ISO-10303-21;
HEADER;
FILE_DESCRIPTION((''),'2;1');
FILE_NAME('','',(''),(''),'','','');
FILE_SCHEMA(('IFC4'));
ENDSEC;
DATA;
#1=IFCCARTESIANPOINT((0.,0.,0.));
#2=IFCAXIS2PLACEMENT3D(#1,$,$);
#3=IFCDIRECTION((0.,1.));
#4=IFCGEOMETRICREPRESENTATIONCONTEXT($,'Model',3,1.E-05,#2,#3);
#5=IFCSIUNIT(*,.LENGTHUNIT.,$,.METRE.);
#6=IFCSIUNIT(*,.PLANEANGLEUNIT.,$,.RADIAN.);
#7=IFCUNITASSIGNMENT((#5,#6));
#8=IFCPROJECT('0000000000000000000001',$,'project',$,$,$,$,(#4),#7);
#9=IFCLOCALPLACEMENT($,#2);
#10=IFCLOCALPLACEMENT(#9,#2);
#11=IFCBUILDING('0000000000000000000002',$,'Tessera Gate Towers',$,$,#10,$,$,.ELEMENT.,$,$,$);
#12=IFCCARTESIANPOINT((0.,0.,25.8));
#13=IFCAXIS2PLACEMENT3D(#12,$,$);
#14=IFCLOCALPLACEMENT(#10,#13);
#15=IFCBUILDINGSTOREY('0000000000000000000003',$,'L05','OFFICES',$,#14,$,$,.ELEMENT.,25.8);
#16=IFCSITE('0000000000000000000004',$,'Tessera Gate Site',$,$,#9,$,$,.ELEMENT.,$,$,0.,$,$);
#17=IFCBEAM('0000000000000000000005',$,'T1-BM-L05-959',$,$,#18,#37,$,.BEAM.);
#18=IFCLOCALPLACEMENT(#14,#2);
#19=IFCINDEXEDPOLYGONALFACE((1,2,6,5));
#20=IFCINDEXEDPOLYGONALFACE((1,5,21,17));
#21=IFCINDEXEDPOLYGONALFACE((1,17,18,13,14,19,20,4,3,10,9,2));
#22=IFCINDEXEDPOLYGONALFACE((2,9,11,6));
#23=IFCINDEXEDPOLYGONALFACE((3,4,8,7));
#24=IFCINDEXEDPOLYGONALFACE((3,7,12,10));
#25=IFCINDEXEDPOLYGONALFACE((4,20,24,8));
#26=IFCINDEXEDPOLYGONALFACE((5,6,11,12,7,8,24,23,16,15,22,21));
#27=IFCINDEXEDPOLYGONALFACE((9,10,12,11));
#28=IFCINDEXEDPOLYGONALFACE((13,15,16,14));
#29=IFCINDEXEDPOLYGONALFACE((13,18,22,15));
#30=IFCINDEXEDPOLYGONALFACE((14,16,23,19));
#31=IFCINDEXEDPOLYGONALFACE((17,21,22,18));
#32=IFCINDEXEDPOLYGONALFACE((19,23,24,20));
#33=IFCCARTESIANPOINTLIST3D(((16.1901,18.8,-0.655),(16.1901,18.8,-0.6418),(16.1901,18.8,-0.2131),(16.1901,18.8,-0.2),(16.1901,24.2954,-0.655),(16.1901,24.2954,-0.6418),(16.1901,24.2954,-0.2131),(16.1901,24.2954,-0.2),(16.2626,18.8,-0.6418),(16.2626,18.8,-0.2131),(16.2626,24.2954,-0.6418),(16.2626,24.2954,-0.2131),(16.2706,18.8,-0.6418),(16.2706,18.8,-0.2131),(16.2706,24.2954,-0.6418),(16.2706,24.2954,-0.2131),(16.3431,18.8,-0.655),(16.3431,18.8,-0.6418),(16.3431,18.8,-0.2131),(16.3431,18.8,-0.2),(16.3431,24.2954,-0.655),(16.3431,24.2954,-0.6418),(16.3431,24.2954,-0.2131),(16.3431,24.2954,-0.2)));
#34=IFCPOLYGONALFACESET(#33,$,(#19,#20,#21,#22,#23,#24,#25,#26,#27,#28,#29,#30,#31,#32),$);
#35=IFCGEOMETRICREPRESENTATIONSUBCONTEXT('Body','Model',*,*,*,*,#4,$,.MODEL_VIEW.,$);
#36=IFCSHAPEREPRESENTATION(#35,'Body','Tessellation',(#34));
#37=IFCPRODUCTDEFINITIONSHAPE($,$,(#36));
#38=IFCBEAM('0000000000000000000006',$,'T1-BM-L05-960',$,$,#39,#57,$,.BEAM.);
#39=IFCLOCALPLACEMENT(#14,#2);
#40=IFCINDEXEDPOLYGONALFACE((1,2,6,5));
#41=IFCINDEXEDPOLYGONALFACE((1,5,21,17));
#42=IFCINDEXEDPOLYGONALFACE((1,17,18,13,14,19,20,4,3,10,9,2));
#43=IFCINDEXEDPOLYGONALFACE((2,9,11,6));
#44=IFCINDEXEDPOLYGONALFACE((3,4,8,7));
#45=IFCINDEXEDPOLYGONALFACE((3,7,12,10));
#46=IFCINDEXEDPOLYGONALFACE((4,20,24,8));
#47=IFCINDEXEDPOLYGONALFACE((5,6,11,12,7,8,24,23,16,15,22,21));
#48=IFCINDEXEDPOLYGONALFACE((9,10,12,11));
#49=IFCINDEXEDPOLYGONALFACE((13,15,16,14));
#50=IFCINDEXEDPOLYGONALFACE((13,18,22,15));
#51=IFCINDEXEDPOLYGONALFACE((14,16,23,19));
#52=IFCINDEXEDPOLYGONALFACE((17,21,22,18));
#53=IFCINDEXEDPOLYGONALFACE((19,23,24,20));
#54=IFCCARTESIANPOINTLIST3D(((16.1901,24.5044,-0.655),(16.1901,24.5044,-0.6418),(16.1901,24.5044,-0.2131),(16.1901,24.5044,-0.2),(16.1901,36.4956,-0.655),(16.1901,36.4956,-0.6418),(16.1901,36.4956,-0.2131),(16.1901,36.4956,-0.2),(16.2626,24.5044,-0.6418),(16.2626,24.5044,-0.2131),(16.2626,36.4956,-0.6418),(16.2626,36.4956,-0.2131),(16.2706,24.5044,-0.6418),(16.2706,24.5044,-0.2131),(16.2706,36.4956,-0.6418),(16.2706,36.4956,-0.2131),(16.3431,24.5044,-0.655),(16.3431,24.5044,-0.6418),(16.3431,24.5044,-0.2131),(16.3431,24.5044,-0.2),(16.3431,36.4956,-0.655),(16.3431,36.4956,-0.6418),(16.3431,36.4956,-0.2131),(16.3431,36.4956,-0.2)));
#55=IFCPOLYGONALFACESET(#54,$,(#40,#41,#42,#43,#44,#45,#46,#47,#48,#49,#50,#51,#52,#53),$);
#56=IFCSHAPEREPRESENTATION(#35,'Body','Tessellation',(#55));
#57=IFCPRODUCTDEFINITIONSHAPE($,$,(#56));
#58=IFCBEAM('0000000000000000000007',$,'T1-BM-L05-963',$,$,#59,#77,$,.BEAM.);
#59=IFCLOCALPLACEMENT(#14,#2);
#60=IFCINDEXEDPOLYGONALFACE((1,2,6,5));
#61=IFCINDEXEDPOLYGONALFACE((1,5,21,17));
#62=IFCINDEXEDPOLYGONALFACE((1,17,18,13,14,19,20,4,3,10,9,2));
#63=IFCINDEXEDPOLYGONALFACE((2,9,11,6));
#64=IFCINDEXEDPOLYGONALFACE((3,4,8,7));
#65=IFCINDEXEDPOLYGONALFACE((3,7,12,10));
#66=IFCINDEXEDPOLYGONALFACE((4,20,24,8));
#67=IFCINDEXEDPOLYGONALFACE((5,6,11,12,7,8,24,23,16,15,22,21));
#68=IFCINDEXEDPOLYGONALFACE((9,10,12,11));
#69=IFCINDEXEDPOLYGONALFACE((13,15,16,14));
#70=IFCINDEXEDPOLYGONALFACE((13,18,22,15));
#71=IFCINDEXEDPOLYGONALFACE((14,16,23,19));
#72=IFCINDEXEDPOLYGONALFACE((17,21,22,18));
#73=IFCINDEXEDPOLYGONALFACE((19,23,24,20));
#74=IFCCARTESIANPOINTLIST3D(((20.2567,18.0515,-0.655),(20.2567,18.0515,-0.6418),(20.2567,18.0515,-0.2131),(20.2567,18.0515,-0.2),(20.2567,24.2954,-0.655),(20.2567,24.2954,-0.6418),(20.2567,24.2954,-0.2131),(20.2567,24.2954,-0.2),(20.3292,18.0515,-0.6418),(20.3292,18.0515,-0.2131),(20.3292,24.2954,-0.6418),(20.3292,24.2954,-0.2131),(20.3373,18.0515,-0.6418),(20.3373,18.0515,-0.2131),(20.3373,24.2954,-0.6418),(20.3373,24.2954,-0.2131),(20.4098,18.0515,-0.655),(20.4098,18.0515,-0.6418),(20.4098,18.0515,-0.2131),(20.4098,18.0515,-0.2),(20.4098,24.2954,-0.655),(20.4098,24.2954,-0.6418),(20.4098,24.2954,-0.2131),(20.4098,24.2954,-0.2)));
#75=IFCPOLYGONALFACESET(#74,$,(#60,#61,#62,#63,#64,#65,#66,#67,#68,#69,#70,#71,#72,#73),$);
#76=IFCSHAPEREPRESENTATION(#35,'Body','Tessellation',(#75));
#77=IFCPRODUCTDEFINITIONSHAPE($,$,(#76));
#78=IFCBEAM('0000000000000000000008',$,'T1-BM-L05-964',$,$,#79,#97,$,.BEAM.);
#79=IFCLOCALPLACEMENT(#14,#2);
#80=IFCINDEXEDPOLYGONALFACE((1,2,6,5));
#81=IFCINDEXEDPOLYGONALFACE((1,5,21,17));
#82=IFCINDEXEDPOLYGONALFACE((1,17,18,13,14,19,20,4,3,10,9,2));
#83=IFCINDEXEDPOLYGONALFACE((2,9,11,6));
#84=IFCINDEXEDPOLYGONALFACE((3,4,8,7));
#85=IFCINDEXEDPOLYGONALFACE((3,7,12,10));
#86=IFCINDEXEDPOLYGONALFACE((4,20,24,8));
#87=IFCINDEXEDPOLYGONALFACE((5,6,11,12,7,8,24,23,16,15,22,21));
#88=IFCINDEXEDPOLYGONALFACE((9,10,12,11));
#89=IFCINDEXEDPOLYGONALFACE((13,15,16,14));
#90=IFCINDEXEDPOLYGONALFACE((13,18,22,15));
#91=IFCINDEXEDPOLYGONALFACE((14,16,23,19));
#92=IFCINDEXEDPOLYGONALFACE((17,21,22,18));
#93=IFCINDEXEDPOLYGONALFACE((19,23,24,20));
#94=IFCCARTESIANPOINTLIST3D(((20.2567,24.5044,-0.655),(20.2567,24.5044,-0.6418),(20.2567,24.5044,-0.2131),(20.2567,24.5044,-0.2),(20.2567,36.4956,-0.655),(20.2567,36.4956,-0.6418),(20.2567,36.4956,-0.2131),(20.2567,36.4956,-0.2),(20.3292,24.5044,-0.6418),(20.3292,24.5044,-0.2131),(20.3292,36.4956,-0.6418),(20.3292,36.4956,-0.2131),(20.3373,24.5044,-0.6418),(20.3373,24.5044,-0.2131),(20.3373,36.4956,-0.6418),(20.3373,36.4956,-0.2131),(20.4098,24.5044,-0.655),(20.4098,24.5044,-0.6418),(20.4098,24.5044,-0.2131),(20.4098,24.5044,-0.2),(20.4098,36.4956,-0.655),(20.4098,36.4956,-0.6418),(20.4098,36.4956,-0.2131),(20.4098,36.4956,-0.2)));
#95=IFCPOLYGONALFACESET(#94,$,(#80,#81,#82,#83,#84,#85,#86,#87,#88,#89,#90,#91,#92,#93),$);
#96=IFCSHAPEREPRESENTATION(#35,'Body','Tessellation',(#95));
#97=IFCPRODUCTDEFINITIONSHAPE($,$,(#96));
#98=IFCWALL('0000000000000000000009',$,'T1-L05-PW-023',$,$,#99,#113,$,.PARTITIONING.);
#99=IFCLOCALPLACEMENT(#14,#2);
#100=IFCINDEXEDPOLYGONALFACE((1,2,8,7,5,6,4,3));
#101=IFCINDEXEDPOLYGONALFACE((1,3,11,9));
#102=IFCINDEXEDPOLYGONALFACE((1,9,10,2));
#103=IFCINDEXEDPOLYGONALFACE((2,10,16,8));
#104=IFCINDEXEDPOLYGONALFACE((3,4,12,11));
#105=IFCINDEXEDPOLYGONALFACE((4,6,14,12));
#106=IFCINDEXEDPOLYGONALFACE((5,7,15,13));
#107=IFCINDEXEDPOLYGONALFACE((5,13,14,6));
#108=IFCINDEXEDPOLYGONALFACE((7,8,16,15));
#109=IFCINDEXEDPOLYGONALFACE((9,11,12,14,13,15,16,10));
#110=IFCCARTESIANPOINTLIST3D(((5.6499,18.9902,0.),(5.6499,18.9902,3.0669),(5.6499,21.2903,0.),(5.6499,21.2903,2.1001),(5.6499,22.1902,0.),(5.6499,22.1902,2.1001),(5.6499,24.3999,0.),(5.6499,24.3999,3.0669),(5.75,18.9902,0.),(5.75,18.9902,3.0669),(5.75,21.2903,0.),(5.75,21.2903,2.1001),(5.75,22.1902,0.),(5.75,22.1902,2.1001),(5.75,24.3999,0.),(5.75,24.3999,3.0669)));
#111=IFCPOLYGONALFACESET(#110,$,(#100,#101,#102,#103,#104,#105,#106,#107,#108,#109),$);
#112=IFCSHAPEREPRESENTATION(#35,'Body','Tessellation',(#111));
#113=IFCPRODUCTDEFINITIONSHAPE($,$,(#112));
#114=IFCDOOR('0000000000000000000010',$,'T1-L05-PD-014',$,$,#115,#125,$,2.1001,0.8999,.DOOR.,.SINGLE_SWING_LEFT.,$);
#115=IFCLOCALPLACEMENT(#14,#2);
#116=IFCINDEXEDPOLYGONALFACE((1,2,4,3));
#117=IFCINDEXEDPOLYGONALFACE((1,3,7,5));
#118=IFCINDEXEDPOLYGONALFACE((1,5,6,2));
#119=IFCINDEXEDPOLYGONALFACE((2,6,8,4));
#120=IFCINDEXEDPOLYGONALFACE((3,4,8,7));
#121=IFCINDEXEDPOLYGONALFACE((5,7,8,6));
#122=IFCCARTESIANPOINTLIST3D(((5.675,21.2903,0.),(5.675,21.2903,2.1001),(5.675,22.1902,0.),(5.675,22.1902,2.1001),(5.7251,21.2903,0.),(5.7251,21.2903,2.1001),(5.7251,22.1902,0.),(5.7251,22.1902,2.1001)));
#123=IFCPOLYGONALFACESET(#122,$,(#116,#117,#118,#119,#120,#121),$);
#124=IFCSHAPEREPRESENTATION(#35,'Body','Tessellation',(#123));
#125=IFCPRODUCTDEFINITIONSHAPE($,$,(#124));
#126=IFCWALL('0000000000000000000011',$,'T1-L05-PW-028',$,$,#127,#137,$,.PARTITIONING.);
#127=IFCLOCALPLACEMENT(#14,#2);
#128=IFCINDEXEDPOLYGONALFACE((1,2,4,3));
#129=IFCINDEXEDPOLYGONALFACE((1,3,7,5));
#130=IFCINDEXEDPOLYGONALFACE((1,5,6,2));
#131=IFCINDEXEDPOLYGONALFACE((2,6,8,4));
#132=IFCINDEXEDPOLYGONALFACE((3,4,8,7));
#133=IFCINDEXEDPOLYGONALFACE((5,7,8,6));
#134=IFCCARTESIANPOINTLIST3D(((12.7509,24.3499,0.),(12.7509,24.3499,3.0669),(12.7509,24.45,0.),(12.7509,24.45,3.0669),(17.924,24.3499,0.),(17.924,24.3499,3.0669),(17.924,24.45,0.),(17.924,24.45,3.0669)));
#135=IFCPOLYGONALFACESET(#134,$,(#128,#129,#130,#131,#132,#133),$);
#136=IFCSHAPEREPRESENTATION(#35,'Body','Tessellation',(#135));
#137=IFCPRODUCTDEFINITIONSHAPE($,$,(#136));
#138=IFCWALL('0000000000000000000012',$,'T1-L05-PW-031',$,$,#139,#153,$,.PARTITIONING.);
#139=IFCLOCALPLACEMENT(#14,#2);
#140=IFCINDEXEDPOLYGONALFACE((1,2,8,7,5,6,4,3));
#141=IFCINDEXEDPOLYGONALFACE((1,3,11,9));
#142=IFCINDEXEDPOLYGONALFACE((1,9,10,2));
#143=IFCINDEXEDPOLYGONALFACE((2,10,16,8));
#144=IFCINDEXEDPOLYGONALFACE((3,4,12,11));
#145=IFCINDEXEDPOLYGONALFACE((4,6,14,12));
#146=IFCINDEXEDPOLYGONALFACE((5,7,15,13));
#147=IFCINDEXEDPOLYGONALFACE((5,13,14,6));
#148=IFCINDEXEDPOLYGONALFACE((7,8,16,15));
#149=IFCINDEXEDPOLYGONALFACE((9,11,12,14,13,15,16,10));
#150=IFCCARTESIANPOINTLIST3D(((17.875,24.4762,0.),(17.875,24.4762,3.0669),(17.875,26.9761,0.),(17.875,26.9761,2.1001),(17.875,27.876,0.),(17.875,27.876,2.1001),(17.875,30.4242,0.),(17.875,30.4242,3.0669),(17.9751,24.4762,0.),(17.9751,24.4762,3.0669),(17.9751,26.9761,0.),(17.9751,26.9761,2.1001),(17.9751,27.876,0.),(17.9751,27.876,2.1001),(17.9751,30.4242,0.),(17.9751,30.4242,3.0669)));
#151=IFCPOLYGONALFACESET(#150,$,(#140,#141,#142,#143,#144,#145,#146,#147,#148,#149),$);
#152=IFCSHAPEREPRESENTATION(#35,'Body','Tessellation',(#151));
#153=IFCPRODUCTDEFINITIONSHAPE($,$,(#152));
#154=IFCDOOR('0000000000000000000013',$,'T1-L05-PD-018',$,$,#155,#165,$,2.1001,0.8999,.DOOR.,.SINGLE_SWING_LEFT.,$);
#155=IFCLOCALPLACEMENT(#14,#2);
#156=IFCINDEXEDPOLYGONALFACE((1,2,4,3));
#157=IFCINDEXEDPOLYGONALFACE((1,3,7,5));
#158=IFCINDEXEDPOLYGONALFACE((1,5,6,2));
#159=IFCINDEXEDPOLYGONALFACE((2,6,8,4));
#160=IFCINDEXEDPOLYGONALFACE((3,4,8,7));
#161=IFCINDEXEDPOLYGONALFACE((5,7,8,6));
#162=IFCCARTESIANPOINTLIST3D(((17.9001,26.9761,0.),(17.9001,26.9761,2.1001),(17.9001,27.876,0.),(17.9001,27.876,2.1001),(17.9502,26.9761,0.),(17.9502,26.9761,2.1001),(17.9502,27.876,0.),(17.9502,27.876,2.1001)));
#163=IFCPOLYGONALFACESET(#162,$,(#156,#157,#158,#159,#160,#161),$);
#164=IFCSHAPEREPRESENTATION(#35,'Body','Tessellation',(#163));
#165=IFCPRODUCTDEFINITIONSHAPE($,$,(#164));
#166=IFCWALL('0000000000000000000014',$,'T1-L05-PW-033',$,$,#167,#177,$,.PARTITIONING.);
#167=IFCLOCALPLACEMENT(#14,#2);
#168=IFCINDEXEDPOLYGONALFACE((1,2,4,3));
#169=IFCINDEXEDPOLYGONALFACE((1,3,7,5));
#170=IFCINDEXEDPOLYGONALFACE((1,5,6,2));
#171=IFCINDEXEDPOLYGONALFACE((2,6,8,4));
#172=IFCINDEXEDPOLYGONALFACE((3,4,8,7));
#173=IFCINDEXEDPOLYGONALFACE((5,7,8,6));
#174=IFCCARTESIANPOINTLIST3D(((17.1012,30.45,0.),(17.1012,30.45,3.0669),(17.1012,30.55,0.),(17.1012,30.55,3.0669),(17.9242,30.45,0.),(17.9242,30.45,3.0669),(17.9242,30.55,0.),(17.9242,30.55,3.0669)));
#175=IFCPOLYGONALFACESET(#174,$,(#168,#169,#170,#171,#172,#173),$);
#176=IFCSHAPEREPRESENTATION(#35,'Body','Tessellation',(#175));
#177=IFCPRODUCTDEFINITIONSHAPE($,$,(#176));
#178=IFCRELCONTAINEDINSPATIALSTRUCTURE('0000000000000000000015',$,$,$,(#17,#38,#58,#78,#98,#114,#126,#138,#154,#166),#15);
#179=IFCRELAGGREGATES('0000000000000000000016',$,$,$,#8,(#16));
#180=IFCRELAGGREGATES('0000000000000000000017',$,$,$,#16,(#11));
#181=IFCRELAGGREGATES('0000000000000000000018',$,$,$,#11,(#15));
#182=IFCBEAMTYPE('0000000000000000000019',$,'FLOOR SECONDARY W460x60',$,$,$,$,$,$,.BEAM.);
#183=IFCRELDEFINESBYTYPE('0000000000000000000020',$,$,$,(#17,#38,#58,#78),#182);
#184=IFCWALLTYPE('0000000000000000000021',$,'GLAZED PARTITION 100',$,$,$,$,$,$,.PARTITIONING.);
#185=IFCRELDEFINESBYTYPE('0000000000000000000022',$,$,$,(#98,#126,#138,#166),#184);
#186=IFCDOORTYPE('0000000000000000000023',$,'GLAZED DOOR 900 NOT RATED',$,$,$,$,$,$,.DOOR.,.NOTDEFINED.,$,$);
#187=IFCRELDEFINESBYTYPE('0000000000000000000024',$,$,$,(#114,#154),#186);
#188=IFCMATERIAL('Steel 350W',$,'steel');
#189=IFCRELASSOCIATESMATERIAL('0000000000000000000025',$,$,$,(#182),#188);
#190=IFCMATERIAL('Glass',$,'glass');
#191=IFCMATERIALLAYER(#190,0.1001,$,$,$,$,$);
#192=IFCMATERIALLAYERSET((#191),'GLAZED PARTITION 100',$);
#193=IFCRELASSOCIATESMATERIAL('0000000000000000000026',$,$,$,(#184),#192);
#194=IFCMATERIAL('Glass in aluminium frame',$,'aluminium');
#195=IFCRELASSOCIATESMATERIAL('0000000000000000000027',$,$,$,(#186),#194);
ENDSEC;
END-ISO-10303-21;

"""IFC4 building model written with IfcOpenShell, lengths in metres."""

from ifc_helpers import new_model, si_unit, direction, frame, frame_2d, origin, origin_2d, place, context, subcontext, project, spatial, rectangle, i_section, extrude, source, transform, mapped, material, layer, layer_set, material_profile, profile_set, type_object, element, fill, save


model = new_model("IFC4")

# Units and contexts
model_context = context("Model", 3, precision=1e-05, world=origin(), true_north=direction((0.0, 1.0)))
body_context = subcontext(model_context, "Body", "Model", "MODEL_VIEW")
ifc_project = project(units=[si_unit("LENGTHUNIT", "METRE"), si_unit("PLANEANGLEUNIT", "RADIAN")], contexts=[model_context])

# Site, building, storey
site_placement = place(None, origin())
site = spatial("IfcSite", under=ifc_project, at=site_placement, Name="Tessera Gate Site", CompositionType="ELEMENT", RefElevation=0.0)
building_placement = place(site_placement, origin())
building = spatial("IfcBuilding", under=site, at=building_placement, Name="Tessera Gate Towers", CompositionType="ELEMENT")
storey_placement = place(building_placement, frame((0.0, 0.0, 25.8)))
storey = spatial("IfcBuildingStorey", under=building, at=storey_placement, Name="L05", Description="OFFICES", CompositionType="ELEMENT", Elevation=25.8)

# Beams
ifc_material_1 = material(Name="Steel 350W", Category="steel")
ifc_material_profile_1 = material_profile(ifc_material_1, i_section(OverallWidth=0.1531, OverallDepth=0.4551, WebThickness=0.0081, FlangeThickness=0.0132, at=origin_2d()), Name="W460x60")
ifc_profile_set_1 = profile_set([ifc_material_profile_1], Name="Steel 350W")
beam_type_1 = type_object("IfcBeamType", Name="FLOOR SECONDARY W460x60", PredefinedType="BEAM", material=ifc_profile_set_1)
beam_1_placement = place(storey_placement, frame((16.2666, 18.8, -0.4275), z_axis=(0.0, 1.0, 0.0), x_axis=(-1.0, 0.0, 0.0)))
element("IfcBeam", 1, at=beam_1_placement, inside=storey, type_object=beam_type_1, Name="T1-BM-L05-959", PredefinedType="BEAM", context=body_context, shape_type="SweptSolid", body=[
    extrude(i_section(OverallWidth=0.1531, OverallDepth=0.4551, WebThickness=0.0081, FlangeThickness=0.0132, at=origin_2d()), origin(), (0.0, 0.0, 1.0), 5.4954),
])
beam_2_placement = place(storey_placement, frame((16.2666, 24.5044, -0.4275), z_axis=(0.0, 1.0, 0.0), x_axis=(-1.0, 0.0, 0.0)))
element("IfcBeam", 2, at=beam_2_placement, inside=storey, type_object=beam_type_1, Name="T1-BM-L05-960", PredefinedType="BEAM", context=body_context, shape_type="SweptSolid", body=[
    extrude(i_section(OverallWidth=0.1531, OverallDepth=0.4551, WebThickness=0.0081, FlangeThickness=0.0132, at=origin_2d()), origin(), (0.0, 0.0, 1.0), 11.9912),
])
beam_3_placement = place(storey_placement, frame((20.3333, 18.0515, -0.4275), z_axis=(0.0, 1.0, 0.0), x_axis=(-1.0, 0.0, 0.0)))
element("IfcBeam", 3, at=beam_3_placement, inside=storey, type_object=beam_type_1, Name="T1-BM-L05-963", PredefinedType="BEAM", context=body_context, shape_type="SweptSolid", body=[
    extrude(i_section(OverallWidth=0.1531, OverallDepth=0.4551, WebThickness=0.0081, FlangeThickness=0.0132, at=origin_2d()), origin(), (0.0, 0.0, 1.0), 6.2439),
])
beam_4_placement = place(storey_placement, frame((20.3333, 24.5044, -0.4275), z_axis=(0.0, 1.0, 0.0), x_axis=(-1.0, 0.0, 0.0)))
element("IfcBeam", 4, at=beam_4_placement, inside=storey, type_object=beam_type_1, Name="T1-BM-L05-964", PredefinedType="BEAM", context=body_context, shape_type="SweptSolid", body=[
    extrude(i_section(OverallWidth=0.1531, OverallDepth=0.4551, WebThickness=0.0081, FlangeThickness=0.0132, at=origin_2d()), origin(), (0.0, 0.0, 1.0), 11.9912),
])

# Wall, opening, door
ifc_material_2 = material(Name="Glass", Category="glass")
ifc_layer_1 = layer(ifc_material_2, 0.1001)
ifc_layer_set_1 = layer_set([ifc_layer_1], Name="GLAZED PARTITION 100")
wall_type_1 = type_object("IfcWallType", Name="GLAZED PARTITION 100", PredefinedType="PARTITIONING", material=ifc_layer_set_1)
wall_1_placement = place(storey_placement, frame((5.7, 18.9902, 0.0), z_axis=(0.0, 0.0, 1.0), x_axis=(0.0, 1.0, 0.0)))
wall_1 = element("IfcWall", 5, at=wall_1_placement, inside=storey, type_object=wall_type_1, Name="T1-L05-PW-023", PredefinedType="PARTITIONING", context=body_context, shape_type="SweptSolid", body=[
    extrude(rectangle(XDim=5.4097, YDim=0.1001, at=frame_2d((2.7048, 0.0))), origin(), (0.0, 0.0, 1.0), 3.0669),
])
shared_shape_1 = source(origin(), body_context, "Body", "SweptSolid", [
    extrude(rectangle(XDim=0.8999, YDim=2.1001, at=frame_2d((0.45, 1.05))), frame((0.0, 0.0601, 0.0), z_axis=(0.0, -1.0, 0.0), x_axis=(1.0, 0.0, 0.0)), (0.0, 0.0, 1.0), 0.1201),
])
opening_1_placement = place(wall_1_placement, frame((2.3, 0.0, 0.0)))
opening_1 = element("IfcOpeningElement", 6, at=opening_1_placement, cuts=wall_1, PredefinedType="OPENING", context=body_context, shape_type="MappedRepresentation", body=[
    mapped(shared_shape_1, transform((0.0, 0.0, 0.0), scale=1.0)),
])
ifc_material_3 = material(Name="Glass in aluminium frame", Category="aluminium")
door_type = type_object("IfcDoorType", Name="GLAZED DOOR 900 NOT RATED", OperationType="NOTDEFINED", PredefinedType="DOOR", material=ifc_material_3)
shared_shape_2 = source(origin(), body_context, "Body", "SweptSolid", [
    extrude(rectangle(XDim=0.8999, YDim=2.1001, at=frame_2d((0.45, 1.05))), frame((0.0, 0.0249, 0.0), z_axis=(0.0, -1.0, 0.0), x_axis=(1.0, 0.0, 0.0)), (0.0, 0.0, 1.0), 0.05),
])
door_1_placement = place(opening_1_placement, origin())
door_1 = element("IfcDoor", 7, at=door_1_placement, inside=storey, type_object=door_type, Name="T1-L05-PD-014", OperationType="SINGLE_SWING_LEFT", OverallHeight=2.1001, OverallWidth=0.8999, PredefinedType="DOOR", context=body_context, shape_type="MappedRepresentation", body=[
    mapped(shared_shape_2, transform((0.0, 0.0, 0.0), scale=1.0)),
])
fill(opening_1, door_1)

# Wall
wall_2_placement = place(storey_placement, frame((12.751, 24.3999, 0.0), z_axis=(0.0, 0.0, 1.0), x_axis=(1.0, 0.0, 0.0)))
element("IfcWall", 8, at=wall_2_placement, inside=storey, type_object=wall_type_1, Name="T1-L05-PW-028", PredefinedType="PARTITIONING", context=body_context, shape_type="SweptSolid", body=[
    extrude(rectangle(XDim=5.1731, YDim=0.1001, at=frame_2d((2.5864, 0.0))), origin(), (0.0, 0.0, 1.0), 3.0669),
])

# Wall, opening, door
wall_3_placement = place(storey_placement, frame((17.925, 24.4761, 0.0), z_axis=(0.0, 0.0, 1.0), x_axis=(0.0, 1.0, 0.0)))
wall_3 = element("IfcWall", 9, at=wall_3_placement, inside=storey, type_object=wall_type_1, Name="T1-L05-PW-031", PredefinedType="PARTITIONING", context=body_context, shape_type="SweptSolid", body=[
    extrude(rectangle(XDim=5.948, YDim=0.1001, at=frame_2d((2.9741, 0.0))), origin(), (0.0, 0.0, 1.0), 3.0669),
])
opening_2_placement = place(wall_3_placement, frame((2.5, 0.0, 0.0)))
opening_2 = element("IfcOpeningElement", 10, at=opening_2_placement, cuts=wall_3, PredefinedType="OPENING", context=body_context, shape_type="MappedRepresentation", body=[
    mapped(shared_shape_1, transform((0.0, 0.0, 0.0), scale=1.0)),
])
door_2_placement = place(opening_2_placement, origin())
door_2 = element("IfcDoor", 11, at=door_2_placement, inside=storey, type_object=door_type, Name="T1-L05-PD-018", OperationType="SINGLE_SWING_LEFT", OverallHeight=2.1001, OverallWidth=0.8999, PredefinedType="DOOR", context=body_context, shape_type="MappedRepresentation", body=[
    mapped(shared_shape_2, transform((0.0, 0.0, 0.0), scale=1.0)),
])
fill(opening_2, door_2)

# Wall
wall_4_placement = place(storey_placement, frame((17.1011, 30.5, 0.0), z_axis=(0.0, 0.0, 1.0), x_axis=(1.0, 0.0, 0.0)))
element("IfcWall", 12, at=wall_4_placement, inside=storey, type_object=wall_type_1, Name="T1-L05-PW-033", PredefinedType="PARTITIONING", context=body_context, shape_type="SweptSolid", body=[
    extrude(rectangle(XDim=0.823, YDim=0.1001, at=frame_2d((0.4116, 0.0))), origin(), (0.0, 0.0, 1.0), 3.0669),
])

save(model, "model.ifc")
